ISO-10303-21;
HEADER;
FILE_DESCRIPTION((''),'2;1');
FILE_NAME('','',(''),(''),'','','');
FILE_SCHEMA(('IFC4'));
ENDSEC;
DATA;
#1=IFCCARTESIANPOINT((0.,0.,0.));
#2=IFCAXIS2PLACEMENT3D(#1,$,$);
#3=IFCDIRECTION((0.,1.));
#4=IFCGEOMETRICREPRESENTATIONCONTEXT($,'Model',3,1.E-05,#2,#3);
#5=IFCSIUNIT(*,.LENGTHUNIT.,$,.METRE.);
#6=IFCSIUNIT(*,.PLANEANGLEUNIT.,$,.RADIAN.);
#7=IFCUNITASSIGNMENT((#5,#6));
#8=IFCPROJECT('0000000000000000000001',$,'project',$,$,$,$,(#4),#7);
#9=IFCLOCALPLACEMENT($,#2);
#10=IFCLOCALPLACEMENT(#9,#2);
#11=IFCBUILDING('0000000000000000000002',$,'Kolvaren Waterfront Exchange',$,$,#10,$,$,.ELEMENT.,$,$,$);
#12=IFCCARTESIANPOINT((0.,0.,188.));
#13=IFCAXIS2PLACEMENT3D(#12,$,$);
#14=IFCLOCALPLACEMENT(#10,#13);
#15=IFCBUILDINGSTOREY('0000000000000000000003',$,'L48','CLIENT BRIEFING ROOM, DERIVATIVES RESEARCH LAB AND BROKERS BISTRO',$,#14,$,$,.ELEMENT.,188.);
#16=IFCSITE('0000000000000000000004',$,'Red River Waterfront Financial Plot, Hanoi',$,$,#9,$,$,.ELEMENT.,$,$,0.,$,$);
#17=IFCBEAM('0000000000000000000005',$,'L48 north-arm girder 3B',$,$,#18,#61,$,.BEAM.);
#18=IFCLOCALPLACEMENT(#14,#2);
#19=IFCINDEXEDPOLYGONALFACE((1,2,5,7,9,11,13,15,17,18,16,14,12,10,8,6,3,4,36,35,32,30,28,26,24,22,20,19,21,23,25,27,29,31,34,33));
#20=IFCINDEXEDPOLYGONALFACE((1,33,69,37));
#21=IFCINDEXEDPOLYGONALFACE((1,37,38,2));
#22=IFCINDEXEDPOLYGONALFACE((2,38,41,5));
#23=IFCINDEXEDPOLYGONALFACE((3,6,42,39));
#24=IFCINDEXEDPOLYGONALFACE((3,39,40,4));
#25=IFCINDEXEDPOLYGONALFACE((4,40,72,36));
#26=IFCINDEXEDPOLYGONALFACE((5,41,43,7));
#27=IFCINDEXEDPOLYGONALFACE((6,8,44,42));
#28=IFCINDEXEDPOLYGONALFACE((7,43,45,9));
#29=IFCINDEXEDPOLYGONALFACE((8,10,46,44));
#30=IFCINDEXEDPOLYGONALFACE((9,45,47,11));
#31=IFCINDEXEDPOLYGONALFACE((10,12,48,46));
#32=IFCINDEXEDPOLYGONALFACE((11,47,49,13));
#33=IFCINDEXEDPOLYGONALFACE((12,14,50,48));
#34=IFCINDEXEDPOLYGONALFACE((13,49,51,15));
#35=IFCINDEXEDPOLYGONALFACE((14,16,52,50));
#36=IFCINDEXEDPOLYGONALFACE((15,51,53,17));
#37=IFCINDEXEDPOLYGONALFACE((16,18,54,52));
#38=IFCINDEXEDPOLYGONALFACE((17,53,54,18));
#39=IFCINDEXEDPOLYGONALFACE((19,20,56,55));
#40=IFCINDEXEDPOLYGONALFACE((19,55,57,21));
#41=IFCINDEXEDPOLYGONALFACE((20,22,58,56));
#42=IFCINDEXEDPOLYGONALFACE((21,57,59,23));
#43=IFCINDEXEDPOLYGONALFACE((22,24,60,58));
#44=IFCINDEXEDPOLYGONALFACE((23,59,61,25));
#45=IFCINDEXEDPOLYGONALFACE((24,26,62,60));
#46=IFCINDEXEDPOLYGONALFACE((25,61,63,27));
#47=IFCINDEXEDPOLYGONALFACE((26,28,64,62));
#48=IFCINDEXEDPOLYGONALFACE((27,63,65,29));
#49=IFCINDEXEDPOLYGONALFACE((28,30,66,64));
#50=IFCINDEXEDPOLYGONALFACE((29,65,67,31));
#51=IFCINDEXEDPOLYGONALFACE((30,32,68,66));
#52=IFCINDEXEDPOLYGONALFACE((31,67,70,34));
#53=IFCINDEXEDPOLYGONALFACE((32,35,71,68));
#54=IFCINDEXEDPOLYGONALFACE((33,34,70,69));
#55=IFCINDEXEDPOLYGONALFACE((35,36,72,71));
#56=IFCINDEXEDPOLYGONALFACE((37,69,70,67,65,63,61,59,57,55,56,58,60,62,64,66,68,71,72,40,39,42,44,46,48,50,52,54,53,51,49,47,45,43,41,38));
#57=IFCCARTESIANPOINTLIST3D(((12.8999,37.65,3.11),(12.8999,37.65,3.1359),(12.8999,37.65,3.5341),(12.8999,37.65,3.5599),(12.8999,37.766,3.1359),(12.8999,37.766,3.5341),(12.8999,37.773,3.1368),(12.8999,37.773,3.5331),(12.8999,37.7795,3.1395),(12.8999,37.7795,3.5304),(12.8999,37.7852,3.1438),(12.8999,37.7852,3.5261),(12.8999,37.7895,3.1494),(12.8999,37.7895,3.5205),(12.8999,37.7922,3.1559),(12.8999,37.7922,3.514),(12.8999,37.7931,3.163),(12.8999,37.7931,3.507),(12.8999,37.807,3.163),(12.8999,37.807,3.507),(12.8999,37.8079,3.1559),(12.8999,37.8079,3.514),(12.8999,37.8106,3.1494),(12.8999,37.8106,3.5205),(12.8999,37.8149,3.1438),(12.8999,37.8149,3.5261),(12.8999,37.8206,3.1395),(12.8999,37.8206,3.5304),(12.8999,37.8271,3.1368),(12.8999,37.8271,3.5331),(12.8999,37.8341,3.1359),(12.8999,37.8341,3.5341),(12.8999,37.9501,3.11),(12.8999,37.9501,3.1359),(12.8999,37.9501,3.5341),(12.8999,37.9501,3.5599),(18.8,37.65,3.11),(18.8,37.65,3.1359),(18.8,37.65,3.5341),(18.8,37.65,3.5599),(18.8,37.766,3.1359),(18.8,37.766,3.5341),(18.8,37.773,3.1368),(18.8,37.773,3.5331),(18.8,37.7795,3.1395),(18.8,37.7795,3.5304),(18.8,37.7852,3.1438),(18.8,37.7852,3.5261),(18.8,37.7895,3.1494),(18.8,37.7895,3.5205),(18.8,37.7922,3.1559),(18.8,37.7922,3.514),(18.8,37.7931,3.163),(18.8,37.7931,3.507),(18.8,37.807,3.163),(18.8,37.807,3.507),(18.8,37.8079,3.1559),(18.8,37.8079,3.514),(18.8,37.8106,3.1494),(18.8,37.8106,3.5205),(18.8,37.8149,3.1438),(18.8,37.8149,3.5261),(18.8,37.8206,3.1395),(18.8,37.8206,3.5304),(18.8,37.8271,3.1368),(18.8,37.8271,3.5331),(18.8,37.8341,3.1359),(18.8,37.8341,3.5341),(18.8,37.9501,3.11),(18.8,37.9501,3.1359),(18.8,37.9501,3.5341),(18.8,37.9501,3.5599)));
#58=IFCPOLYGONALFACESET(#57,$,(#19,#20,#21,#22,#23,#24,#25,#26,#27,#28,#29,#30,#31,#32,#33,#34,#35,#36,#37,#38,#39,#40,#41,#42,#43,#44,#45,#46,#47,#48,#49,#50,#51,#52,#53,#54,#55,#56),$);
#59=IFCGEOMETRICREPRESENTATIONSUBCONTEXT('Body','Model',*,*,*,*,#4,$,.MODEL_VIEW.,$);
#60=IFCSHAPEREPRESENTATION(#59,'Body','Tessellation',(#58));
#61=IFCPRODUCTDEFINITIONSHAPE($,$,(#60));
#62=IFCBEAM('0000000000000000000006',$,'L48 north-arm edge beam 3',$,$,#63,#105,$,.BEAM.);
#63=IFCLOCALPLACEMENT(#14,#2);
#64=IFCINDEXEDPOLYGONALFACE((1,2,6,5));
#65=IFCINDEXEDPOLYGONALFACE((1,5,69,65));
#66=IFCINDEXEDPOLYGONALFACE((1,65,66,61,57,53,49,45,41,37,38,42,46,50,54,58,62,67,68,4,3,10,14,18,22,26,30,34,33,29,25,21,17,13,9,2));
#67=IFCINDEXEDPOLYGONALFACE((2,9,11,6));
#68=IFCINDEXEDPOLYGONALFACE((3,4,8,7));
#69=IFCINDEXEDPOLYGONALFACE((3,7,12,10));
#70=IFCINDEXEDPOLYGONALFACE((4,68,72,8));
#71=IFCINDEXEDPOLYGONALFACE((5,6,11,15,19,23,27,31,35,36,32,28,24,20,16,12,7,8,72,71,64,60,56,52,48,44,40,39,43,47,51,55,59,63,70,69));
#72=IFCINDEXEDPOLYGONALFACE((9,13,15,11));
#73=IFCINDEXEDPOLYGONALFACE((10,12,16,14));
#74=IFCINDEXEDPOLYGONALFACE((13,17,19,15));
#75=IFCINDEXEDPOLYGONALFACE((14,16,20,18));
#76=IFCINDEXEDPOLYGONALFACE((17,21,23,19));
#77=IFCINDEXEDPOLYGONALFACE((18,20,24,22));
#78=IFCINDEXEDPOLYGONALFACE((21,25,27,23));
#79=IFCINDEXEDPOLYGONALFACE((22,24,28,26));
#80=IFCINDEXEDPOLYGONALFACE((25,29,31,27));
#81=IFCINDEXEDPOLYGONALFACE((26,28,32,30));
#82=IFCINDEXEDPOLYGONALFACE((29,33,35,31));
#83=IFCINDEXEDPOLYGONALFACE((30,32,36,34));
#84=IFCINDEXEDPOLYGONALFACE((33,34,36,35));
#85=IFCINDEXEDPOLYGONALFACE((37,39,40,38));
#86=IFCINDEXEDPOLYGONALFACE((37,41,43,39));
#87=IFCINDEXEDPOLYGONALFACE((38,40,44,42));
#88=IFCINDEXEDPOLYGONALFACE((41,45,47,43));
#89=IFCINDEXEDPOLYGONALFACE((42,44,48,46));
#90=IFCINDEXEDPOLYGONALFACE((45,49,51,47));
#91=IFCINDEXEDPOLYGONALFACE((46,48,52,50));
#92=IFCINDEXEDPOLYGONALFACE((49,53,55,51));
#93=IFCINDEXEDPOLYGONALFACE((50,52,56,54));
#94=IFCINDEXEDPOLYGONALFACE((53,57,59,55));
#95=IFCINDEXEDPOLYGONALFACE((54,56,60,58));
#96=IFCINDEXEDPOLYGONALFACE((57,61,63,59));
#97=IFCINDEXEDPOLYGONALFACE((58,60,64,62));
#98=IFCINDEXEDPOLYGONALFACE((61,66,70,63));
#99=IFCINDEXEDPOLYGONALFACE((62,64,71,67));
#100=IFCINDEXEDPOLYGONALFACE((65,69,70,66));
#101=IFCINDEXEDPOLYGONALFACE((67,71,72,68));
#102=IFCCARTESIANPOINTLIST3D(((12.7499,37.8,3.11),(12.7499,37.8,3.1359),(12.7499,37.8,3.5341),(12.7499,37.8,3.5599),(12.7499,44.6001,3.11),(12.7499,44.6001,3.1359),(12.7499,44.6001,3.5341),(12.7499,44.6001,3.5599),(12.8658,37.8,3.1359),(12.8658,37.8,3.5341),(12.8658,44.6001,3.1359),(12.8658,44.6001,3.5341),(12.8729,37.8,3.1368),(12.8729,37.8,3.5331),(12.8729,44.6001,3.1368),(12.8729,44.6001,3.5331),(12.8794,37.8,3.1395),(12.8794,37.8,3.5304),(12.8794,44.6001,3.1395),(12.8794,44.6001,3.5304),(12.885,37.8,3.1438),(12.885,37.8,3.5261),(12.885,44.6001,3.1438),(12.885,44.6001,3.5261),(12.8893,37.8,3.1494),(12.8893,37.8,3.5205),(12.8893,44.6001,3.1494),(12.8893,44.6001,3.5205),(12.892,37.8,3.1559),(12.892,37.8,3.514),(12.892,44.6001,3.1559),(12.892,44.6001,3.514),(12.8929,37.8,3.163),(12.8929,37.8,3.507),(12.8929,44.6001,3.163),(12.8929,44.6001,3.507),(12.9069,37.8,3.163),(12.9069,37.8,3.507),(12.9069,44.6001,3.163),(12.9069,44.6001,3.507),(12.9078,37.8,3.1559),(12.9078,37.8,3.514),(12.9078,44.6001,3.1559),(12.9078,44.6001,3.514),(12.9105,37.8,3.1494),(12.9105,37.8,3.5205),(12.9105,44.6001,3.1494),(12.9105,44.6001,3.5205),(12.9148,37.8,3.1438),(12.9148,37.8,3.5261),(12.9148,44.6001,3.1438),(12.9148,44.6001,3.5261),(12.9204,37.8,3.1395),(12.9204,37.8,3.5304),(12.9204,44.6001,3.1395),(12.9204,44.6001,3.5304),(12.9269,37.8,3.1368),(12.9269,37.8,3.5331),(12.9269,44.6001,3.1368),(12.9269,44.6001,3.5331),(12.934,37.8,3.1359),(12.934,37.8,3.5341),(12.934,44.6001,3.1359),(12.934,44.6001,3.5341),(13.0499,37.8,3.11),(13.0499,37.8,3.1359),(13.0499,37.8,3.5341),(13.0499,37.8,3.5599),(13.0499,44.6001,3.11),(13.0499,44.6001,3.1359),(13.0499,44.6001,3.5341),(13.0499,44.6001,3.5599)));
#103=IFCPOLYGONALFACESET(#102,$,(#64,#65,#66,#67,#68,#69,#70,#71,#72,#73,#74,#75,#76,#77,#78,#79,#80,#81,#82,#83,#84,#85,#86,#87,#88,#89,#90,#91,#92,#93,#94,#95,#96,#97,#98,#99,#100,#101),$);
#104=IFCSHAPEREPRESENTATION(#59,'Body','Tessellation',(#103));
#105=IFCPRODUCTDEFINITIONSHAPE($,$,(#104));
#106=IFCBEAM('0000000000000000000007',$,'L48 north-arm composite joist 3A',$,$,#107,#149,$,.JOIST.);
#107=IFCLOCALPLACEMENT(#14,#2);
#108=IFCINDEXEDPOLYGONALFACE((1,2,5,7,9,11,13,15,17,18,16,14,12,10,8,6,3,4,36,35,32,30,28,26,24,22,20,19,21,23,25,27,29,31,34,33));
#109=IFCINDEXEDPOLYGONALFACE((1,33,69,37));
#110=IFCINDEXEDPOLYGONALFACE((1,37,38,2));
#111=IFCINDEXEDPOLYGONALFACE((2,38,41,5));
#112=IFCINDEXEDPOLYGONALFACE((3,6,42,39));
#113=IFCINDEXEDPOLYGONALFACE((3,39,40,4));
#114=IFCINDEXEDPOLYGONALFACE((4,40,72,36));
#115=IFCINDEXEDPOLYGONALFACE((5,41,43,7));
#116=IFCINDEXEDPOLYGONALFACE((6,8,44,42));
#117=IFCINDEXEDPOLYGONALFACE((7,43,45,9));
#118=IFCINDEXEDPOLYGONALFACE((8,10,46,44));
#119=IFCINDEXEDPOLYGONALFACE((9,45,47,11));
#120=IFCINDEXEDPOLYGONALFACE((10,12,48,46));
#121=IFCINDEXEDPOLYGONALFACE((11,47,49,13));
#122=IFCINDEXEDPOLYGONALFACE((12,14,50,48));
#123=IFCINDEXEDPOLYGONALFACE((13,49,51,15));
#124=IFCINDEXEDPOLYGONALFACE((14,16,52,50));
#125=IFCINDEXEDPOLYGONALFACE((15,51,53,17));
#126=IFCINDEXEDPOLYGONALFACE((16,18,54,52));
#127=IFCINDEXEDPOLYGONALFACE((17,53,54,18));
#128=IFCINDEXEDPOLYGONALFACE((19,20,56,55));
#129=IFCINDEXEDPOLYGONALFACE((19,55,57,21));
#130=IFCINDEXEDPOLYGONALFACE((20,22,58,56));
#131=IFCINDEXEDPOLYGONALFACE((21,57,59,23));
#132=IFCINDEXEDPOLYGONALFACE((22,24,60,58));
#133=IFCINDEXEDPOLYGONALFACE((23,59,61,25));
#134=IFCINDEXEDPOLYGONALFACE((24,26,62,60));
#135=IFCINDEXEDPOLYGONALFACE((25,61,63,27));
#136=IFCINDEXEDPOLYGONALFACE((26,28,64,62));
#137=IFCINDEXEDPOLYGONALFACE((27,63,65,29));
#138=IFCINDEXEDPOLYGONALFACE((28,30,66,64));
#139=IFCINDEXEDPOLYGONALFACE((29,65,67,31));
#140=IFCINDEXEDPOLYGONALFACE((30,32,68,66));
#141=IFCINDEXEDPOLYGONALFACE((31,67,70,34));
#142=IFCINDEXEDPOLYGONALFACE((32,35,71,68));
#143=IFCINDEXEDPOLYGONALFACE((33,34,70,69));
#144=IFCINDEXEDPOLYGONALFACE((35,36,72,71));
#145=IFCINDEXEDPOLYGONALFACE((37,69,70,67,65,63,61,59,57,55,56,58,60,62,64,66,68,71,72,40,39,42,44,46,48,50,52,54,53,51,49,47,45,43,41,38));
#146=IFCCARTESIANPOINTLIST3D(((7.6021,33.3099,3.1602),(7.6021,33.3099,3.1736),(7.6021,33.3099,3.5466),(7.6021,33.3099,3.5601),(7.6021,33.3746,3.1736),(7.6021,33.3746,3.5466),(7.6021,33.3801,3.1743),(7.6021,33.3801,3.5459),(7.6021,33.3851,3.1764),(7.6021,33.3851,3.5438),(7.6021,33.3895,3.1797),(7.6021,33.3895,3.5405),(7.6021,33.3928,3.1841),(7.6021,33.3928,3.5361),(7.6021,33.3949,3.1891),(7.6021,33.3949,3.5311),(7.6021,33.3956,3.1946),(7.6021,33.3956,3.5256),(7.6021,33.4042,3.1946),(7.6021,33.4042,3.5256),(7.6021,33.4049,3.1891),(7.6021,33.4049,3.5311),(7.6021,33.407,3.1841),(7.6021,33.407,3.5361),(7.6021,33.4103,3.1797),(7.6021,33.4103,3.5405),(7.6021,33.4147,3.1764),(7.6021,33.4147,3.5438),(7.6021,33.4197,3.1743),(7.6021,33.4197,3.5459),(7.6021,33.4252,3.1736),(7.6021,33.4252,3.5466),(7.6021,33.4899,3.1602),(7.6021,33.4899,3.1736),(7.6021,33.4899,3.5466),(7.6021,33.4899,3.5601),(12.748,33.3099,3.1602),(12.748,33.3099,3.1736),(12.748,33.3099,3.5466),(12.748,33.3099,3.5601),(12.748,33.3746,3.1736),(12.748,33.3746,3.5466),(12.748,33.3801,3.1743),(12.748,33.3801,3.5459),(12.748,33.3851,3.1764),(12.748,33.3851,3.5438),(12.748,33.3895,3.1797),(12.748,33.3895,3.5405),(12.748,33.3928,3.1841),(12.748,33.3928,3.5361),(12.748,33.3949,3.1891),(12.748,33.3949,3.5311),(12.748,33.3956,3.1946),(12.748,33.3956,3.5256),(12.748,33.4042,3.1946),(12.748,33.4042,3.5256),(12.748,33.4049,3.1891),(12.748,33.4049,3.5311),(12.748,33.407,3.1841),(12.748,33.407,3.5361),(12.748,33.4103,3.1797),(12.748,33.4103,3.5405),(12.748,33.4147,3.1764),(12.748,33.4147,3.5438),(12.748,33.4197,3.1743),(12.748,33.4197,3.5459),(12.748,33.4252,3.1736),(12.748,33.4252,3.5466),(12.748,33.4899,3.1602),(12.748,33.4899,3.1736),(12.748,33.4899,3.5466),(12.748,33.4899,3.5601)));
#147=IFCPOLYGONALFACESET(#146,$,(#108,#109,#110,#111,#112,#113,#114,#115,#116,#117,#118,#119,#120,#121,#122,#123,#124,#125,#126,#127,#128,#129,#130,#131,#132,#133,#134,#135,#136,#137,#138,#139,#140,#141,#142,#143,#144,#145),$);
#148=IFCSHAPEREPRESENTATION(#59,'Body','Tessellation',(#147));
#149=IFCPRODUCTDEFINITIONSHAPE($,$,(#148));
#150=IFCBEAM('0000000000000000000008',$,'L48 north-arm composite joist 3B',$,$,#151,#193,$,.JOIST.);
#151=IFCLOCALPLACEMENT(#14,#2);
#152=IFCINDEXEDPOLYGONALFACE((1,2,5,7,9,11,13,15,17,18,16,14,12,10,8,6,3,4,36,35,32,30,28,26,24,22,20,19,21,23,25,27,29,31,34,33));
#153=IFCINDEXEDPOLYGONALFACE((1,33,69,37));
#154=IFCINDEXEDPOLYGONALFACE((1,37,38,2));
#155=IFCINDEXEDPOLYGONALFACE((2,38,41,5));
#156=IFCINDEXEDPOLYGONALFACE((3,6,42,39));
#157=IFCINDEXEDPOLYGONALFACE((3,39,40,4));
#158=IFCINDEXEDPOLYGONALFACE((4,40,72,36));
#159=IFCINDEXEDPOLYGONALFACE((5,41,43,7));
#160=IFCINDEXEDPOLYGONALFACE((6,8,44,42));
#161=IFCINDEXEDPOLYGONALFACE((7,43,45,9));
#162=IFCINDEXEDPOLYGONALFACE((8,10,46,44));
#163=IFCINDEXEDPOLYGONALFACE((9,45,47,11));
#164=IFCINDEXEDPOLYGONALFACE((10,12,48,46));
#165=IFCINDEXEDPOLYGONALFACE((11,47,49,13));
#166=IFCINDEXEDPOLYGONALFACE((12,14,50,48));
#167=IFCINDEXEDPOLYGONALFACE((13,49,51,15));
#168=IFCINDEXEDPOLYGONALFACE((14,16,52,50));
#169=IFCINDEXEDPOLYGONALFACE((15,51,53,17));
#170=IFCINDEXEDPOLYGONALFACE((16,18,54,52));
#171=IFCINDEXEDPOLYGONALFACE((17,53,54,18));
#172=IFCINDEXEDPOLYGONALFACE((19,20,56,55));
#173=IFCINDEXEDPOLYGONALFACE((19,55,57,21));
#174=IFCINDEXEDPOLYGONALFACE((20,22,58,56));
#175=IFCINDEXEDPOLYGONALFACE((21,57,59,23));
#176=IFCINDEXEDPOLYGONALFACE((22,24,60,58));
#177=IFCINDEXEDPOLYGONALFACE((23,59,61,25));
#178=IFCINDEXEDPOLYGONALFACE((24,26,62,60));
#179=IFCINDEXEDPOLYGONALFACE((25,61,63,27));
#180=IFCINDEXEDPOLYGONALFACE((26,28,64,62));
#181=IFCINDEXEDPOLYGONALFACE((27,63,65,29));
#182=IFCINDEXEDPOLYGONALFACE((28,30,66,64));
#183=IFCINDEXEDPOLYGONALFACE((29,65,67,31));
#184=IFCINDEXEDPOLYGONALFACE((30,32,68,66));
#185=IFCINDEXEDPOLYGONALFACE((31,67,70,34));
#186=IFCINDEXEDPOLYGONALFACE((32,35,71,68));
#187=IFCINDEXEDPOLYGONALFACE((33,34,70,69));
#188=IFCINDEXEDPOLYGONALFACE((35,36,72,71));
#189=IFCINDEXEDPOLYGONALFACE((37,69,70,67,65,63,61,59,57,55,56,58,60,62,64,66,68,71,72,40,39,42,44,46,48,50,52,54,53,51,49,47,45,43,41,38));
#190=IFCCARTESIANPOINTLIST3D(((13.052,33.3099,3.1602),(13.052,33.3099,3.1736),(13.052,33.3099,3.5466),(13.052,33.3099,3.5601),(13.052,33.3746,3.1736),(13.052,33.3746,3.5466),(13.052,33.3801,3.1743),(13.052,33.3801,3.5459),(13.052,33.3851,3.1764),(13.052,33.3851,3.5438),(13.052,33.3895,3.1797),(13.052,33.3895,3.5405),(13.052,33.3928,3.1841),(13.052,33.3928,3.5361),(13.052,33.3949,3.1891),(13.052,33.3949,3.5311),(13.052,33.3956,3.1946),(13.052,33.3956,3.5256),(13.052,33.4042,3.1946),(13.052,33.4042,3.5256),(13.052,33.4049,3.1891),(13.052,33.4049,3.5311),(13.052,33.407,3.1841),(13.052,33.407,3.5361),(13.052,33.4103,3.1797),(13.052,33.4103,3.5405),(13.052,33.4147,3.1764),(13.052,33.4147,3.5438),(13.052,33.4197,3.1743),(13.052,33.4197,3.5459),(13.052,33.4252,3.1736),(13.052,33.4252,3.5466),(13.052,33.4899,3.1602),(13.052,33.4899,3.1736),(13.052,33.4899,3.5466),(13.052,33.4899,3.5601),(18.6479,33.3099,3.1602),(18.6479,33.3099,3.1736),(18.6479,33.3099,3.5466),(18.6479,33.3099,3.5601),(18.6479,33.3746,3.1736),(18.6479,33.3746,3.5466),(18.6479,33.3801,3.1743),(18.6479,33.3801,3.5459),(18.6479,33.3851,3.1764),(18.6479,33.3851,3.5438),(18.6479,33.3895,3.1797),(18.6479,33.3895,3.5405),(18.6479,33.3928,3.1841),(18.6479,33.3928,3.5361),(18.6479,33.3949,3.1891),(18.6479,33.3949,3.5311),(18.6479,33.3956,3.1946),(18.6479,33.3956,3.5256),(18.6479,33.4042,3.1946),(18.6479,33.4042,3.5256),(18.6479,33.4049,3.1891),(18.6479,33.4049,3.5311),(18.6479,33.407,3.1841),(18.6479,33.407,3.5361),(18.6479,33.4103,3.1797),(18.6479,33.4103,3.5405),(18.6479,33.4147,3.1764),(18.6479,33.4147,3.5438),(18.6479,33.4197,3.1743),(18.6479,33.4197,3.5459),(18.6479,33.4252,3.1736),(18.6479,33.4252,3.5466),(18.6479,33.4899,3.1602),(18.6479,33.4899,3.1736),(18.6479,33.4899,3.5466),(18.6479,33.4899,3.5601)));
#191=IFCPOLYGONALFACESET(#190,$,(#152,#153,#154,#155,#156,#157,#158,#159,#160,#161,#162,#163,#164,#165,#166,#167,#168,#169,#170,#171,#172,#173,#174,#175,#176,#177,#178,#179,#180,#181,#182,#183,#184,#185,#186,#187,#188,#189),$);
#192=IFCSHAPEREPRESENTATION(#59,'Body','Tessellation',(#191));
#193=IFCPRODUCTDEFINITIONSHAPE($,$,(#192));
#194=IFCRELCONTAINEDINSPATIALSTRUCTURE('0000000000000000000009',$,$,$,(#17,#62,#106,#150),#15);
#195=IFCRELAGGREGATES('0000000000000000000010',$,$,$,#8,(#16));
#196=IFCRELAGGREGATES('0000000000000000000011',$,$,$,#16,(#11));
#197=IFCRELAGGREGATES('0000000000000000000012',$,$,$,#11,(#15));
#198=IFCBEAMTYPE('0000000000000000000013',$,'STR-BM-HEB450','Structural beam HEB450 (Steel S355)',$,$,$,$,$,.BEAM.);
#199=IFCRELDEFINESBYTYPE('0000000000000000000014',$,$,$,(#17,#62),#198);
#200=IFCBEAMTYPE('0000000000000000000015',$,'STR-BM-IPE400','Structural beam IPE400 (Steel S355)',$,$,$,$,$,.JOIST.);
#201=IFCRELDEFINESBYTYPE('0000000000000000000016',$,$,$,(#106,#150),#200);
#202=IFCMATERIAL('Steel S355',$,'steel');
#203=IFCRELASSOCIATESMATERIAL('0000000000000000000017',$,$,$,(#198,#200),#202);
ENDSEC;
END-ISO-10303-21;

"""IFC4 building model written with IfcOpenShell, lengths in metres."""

from ifc_helpers import new_model, si_unit, direction, frame, origin, origin_2d, place, context, subcontext, project, spatial, i_section, extrude, material, material_profile, profile_set, type_object, element, save


model = new_model("IFC4")

# Units and contexts
model_context = context("Model", 3, precision=1e-05, world=origin(), true_north=direction((0.0, 1.0)))
body_context = subcontext(model_context, "Body", "Model", "MODEL_VIEW")
ifc_project = project(units=[si_unit("LENGTHUNIT", "METRE"), si_unit("PLANEANGLEUNIT", "RADIAN")], contexts=[model_context])

# Site, building, storey
site_placement = place(None, origin())
site = spatial("IfcSite", under=ifc_project, at=site_placement, Name="Red River Waterfront Financial Plot, Hanoi", CompositionType="ELEMENT", RefElevation=0.0)
building_placement = place(site_placement, origin())
building = spatial("IfcBuilding", under=site, at=building_placement, Name="Kolvaren Waterfront Exchange", CompositionType="ELEMENT")
storey_placement = place(building_placement, frame((0.0, 0.0, 188.0)))
storey = spatial("IfcBuildingStorey", under=building, at=storey_placement, Name="L48", Description="CLIENT BRIEFING ROOM, DERIVATIVES RESEARCH LAB AND BROKERS BISTRO", CompositionType="ELEMENT", Elevation=188.0)

# Beams
ifc_material_1 = material(Name="Steel S355", Category="steel")
ifc_material_profile_1 = material_profile(ifc_material_1, i_section(OverallWidth=0.3, OverallDepth=0.45, WebThickness=0.0139, FlangeThickness=0.0259, FilletRadius=0.0271, at=origin_2d()), Name="HEB450")
ifc_profile_set_1 = profile_set([ifc_material_profile_1], Name="Steel S355")
beam_type_1 = type_object("IfcBeamType", Name="STR-BM-HEB450", Description="Structural beam HEB450 (Steel S355)", PredefinedType="BEAM", material=ifc_profile_set_1)
beam_1_placement = place(storey_placement, frame((12.8999, 37.8, 3.335), z_axis=(1.0, 0.0, 0.0), x_axis=(0.0, 1.0, 0.0)))
element("IfcBeam", 1, at=beam_1_placement, inside=storey, type_object=beam_type_1, Name="L48 north-arm girder 3B", PredefinedType="BEAM", context=body_context, shape_type="SweptSolid", body=[
    extrude(i_section(OverallWidth=0.3, OverallDepth=0.45, WebThickness=0.0139, FlangeThickness=0.0259, FilletRadius=0.0271, at=origin_2d()), origin(), (0.0, 0.0, 1.0), 5.9001),
])
beam_2_placement = place(storey_placement, frame((12.8999, 37.8, 3.335), z_axis=(0.0, 1.0, 0.0), x_axis=(-1.0, 0.0, 0.0)))
element("IfcBeam", 2, at=beam_2_placement, inside=storey, type_object=beam_type_1, Name="L48 north-arm edge beam 3", PredefinedType="BEAM", context=body_context, shape_type="SweptSolid", body=[
    extrude(i_section(OverallWidth=0.3, OverallDepth=0.45, WebThickness=0.0139, FlangeThickness=0.0259, FilletRadius=0.0271, at=origin_2d()), origin(), (0.0, 0.0, 1.0), 6.8),
])
ifc_material_profile_2 = material_profile(ifc_material_1, i_section(OverallWidth=0.1799, OverallDepth=0.3999, WebThickness=0.0085, FlangeThickness=0.0134, FilletRadius=0.021, at=origin_2d()), Name="IPE400")
ifc_profile_set_2 = profile_set([ifc_material_profile_2], Name="Steel S355")
beam_type_2 = type_object("IfcBeamType", Name="STR-BM-IPE400", Description="Structural beam IPE400 (Steel S355)", PredefinedType="JOIST", material=ifc_profile_set_2)
beam_3_placement = place(storey_placement, frame((7.6021, 33.3999, 3.3601), z_axis=(1.0, 0.0, 0.0), x_axis=(0.0, 1.0, 0.0)))
element("IfcBeam", 3, at=beam_3_placement, inside=storey, type_object=beam_type_2, Name="L48 north-arm composite joist 3A", PredefinedType="JOIST", context=body_context, shape_type="SweptSolid", body=[
    extrude(i_section(OverallWidth=0.1799, OverallDepth=0.3999, WebThickness=0.0085, FlangeThickness=0.0134, FilletRadius=0.021, at=origin_2d()), origin(), (0.0, 0.0, 1.0), 5.146),
])
beam_4_placement = place(storey_placement, frame((13.052, 33.3999, 3.3601), z_axis=(1.0, 0.0, 0.0), x_axis=(0.0, 1.0, 0.0)))
element("IfcBeam", 4, at=beam_4_placement, inside=storey, type_object=beam_type_2, Name="L48 north-arm composite joist 3B", PredefinedType="JOIST", context=body_context, shape_type="SweptSolid", body=[
    extrude(i_section(OverallWidth=0.1799, OverallDepth=0.3999, WebThickness=0.0085, FlangeThickness=0.0134, FilletRadius=0.021, at=origin_2d()), origin(), (0.0, 0.0, 1.0), 5.5959),
])

save(model, "model.ifc")
